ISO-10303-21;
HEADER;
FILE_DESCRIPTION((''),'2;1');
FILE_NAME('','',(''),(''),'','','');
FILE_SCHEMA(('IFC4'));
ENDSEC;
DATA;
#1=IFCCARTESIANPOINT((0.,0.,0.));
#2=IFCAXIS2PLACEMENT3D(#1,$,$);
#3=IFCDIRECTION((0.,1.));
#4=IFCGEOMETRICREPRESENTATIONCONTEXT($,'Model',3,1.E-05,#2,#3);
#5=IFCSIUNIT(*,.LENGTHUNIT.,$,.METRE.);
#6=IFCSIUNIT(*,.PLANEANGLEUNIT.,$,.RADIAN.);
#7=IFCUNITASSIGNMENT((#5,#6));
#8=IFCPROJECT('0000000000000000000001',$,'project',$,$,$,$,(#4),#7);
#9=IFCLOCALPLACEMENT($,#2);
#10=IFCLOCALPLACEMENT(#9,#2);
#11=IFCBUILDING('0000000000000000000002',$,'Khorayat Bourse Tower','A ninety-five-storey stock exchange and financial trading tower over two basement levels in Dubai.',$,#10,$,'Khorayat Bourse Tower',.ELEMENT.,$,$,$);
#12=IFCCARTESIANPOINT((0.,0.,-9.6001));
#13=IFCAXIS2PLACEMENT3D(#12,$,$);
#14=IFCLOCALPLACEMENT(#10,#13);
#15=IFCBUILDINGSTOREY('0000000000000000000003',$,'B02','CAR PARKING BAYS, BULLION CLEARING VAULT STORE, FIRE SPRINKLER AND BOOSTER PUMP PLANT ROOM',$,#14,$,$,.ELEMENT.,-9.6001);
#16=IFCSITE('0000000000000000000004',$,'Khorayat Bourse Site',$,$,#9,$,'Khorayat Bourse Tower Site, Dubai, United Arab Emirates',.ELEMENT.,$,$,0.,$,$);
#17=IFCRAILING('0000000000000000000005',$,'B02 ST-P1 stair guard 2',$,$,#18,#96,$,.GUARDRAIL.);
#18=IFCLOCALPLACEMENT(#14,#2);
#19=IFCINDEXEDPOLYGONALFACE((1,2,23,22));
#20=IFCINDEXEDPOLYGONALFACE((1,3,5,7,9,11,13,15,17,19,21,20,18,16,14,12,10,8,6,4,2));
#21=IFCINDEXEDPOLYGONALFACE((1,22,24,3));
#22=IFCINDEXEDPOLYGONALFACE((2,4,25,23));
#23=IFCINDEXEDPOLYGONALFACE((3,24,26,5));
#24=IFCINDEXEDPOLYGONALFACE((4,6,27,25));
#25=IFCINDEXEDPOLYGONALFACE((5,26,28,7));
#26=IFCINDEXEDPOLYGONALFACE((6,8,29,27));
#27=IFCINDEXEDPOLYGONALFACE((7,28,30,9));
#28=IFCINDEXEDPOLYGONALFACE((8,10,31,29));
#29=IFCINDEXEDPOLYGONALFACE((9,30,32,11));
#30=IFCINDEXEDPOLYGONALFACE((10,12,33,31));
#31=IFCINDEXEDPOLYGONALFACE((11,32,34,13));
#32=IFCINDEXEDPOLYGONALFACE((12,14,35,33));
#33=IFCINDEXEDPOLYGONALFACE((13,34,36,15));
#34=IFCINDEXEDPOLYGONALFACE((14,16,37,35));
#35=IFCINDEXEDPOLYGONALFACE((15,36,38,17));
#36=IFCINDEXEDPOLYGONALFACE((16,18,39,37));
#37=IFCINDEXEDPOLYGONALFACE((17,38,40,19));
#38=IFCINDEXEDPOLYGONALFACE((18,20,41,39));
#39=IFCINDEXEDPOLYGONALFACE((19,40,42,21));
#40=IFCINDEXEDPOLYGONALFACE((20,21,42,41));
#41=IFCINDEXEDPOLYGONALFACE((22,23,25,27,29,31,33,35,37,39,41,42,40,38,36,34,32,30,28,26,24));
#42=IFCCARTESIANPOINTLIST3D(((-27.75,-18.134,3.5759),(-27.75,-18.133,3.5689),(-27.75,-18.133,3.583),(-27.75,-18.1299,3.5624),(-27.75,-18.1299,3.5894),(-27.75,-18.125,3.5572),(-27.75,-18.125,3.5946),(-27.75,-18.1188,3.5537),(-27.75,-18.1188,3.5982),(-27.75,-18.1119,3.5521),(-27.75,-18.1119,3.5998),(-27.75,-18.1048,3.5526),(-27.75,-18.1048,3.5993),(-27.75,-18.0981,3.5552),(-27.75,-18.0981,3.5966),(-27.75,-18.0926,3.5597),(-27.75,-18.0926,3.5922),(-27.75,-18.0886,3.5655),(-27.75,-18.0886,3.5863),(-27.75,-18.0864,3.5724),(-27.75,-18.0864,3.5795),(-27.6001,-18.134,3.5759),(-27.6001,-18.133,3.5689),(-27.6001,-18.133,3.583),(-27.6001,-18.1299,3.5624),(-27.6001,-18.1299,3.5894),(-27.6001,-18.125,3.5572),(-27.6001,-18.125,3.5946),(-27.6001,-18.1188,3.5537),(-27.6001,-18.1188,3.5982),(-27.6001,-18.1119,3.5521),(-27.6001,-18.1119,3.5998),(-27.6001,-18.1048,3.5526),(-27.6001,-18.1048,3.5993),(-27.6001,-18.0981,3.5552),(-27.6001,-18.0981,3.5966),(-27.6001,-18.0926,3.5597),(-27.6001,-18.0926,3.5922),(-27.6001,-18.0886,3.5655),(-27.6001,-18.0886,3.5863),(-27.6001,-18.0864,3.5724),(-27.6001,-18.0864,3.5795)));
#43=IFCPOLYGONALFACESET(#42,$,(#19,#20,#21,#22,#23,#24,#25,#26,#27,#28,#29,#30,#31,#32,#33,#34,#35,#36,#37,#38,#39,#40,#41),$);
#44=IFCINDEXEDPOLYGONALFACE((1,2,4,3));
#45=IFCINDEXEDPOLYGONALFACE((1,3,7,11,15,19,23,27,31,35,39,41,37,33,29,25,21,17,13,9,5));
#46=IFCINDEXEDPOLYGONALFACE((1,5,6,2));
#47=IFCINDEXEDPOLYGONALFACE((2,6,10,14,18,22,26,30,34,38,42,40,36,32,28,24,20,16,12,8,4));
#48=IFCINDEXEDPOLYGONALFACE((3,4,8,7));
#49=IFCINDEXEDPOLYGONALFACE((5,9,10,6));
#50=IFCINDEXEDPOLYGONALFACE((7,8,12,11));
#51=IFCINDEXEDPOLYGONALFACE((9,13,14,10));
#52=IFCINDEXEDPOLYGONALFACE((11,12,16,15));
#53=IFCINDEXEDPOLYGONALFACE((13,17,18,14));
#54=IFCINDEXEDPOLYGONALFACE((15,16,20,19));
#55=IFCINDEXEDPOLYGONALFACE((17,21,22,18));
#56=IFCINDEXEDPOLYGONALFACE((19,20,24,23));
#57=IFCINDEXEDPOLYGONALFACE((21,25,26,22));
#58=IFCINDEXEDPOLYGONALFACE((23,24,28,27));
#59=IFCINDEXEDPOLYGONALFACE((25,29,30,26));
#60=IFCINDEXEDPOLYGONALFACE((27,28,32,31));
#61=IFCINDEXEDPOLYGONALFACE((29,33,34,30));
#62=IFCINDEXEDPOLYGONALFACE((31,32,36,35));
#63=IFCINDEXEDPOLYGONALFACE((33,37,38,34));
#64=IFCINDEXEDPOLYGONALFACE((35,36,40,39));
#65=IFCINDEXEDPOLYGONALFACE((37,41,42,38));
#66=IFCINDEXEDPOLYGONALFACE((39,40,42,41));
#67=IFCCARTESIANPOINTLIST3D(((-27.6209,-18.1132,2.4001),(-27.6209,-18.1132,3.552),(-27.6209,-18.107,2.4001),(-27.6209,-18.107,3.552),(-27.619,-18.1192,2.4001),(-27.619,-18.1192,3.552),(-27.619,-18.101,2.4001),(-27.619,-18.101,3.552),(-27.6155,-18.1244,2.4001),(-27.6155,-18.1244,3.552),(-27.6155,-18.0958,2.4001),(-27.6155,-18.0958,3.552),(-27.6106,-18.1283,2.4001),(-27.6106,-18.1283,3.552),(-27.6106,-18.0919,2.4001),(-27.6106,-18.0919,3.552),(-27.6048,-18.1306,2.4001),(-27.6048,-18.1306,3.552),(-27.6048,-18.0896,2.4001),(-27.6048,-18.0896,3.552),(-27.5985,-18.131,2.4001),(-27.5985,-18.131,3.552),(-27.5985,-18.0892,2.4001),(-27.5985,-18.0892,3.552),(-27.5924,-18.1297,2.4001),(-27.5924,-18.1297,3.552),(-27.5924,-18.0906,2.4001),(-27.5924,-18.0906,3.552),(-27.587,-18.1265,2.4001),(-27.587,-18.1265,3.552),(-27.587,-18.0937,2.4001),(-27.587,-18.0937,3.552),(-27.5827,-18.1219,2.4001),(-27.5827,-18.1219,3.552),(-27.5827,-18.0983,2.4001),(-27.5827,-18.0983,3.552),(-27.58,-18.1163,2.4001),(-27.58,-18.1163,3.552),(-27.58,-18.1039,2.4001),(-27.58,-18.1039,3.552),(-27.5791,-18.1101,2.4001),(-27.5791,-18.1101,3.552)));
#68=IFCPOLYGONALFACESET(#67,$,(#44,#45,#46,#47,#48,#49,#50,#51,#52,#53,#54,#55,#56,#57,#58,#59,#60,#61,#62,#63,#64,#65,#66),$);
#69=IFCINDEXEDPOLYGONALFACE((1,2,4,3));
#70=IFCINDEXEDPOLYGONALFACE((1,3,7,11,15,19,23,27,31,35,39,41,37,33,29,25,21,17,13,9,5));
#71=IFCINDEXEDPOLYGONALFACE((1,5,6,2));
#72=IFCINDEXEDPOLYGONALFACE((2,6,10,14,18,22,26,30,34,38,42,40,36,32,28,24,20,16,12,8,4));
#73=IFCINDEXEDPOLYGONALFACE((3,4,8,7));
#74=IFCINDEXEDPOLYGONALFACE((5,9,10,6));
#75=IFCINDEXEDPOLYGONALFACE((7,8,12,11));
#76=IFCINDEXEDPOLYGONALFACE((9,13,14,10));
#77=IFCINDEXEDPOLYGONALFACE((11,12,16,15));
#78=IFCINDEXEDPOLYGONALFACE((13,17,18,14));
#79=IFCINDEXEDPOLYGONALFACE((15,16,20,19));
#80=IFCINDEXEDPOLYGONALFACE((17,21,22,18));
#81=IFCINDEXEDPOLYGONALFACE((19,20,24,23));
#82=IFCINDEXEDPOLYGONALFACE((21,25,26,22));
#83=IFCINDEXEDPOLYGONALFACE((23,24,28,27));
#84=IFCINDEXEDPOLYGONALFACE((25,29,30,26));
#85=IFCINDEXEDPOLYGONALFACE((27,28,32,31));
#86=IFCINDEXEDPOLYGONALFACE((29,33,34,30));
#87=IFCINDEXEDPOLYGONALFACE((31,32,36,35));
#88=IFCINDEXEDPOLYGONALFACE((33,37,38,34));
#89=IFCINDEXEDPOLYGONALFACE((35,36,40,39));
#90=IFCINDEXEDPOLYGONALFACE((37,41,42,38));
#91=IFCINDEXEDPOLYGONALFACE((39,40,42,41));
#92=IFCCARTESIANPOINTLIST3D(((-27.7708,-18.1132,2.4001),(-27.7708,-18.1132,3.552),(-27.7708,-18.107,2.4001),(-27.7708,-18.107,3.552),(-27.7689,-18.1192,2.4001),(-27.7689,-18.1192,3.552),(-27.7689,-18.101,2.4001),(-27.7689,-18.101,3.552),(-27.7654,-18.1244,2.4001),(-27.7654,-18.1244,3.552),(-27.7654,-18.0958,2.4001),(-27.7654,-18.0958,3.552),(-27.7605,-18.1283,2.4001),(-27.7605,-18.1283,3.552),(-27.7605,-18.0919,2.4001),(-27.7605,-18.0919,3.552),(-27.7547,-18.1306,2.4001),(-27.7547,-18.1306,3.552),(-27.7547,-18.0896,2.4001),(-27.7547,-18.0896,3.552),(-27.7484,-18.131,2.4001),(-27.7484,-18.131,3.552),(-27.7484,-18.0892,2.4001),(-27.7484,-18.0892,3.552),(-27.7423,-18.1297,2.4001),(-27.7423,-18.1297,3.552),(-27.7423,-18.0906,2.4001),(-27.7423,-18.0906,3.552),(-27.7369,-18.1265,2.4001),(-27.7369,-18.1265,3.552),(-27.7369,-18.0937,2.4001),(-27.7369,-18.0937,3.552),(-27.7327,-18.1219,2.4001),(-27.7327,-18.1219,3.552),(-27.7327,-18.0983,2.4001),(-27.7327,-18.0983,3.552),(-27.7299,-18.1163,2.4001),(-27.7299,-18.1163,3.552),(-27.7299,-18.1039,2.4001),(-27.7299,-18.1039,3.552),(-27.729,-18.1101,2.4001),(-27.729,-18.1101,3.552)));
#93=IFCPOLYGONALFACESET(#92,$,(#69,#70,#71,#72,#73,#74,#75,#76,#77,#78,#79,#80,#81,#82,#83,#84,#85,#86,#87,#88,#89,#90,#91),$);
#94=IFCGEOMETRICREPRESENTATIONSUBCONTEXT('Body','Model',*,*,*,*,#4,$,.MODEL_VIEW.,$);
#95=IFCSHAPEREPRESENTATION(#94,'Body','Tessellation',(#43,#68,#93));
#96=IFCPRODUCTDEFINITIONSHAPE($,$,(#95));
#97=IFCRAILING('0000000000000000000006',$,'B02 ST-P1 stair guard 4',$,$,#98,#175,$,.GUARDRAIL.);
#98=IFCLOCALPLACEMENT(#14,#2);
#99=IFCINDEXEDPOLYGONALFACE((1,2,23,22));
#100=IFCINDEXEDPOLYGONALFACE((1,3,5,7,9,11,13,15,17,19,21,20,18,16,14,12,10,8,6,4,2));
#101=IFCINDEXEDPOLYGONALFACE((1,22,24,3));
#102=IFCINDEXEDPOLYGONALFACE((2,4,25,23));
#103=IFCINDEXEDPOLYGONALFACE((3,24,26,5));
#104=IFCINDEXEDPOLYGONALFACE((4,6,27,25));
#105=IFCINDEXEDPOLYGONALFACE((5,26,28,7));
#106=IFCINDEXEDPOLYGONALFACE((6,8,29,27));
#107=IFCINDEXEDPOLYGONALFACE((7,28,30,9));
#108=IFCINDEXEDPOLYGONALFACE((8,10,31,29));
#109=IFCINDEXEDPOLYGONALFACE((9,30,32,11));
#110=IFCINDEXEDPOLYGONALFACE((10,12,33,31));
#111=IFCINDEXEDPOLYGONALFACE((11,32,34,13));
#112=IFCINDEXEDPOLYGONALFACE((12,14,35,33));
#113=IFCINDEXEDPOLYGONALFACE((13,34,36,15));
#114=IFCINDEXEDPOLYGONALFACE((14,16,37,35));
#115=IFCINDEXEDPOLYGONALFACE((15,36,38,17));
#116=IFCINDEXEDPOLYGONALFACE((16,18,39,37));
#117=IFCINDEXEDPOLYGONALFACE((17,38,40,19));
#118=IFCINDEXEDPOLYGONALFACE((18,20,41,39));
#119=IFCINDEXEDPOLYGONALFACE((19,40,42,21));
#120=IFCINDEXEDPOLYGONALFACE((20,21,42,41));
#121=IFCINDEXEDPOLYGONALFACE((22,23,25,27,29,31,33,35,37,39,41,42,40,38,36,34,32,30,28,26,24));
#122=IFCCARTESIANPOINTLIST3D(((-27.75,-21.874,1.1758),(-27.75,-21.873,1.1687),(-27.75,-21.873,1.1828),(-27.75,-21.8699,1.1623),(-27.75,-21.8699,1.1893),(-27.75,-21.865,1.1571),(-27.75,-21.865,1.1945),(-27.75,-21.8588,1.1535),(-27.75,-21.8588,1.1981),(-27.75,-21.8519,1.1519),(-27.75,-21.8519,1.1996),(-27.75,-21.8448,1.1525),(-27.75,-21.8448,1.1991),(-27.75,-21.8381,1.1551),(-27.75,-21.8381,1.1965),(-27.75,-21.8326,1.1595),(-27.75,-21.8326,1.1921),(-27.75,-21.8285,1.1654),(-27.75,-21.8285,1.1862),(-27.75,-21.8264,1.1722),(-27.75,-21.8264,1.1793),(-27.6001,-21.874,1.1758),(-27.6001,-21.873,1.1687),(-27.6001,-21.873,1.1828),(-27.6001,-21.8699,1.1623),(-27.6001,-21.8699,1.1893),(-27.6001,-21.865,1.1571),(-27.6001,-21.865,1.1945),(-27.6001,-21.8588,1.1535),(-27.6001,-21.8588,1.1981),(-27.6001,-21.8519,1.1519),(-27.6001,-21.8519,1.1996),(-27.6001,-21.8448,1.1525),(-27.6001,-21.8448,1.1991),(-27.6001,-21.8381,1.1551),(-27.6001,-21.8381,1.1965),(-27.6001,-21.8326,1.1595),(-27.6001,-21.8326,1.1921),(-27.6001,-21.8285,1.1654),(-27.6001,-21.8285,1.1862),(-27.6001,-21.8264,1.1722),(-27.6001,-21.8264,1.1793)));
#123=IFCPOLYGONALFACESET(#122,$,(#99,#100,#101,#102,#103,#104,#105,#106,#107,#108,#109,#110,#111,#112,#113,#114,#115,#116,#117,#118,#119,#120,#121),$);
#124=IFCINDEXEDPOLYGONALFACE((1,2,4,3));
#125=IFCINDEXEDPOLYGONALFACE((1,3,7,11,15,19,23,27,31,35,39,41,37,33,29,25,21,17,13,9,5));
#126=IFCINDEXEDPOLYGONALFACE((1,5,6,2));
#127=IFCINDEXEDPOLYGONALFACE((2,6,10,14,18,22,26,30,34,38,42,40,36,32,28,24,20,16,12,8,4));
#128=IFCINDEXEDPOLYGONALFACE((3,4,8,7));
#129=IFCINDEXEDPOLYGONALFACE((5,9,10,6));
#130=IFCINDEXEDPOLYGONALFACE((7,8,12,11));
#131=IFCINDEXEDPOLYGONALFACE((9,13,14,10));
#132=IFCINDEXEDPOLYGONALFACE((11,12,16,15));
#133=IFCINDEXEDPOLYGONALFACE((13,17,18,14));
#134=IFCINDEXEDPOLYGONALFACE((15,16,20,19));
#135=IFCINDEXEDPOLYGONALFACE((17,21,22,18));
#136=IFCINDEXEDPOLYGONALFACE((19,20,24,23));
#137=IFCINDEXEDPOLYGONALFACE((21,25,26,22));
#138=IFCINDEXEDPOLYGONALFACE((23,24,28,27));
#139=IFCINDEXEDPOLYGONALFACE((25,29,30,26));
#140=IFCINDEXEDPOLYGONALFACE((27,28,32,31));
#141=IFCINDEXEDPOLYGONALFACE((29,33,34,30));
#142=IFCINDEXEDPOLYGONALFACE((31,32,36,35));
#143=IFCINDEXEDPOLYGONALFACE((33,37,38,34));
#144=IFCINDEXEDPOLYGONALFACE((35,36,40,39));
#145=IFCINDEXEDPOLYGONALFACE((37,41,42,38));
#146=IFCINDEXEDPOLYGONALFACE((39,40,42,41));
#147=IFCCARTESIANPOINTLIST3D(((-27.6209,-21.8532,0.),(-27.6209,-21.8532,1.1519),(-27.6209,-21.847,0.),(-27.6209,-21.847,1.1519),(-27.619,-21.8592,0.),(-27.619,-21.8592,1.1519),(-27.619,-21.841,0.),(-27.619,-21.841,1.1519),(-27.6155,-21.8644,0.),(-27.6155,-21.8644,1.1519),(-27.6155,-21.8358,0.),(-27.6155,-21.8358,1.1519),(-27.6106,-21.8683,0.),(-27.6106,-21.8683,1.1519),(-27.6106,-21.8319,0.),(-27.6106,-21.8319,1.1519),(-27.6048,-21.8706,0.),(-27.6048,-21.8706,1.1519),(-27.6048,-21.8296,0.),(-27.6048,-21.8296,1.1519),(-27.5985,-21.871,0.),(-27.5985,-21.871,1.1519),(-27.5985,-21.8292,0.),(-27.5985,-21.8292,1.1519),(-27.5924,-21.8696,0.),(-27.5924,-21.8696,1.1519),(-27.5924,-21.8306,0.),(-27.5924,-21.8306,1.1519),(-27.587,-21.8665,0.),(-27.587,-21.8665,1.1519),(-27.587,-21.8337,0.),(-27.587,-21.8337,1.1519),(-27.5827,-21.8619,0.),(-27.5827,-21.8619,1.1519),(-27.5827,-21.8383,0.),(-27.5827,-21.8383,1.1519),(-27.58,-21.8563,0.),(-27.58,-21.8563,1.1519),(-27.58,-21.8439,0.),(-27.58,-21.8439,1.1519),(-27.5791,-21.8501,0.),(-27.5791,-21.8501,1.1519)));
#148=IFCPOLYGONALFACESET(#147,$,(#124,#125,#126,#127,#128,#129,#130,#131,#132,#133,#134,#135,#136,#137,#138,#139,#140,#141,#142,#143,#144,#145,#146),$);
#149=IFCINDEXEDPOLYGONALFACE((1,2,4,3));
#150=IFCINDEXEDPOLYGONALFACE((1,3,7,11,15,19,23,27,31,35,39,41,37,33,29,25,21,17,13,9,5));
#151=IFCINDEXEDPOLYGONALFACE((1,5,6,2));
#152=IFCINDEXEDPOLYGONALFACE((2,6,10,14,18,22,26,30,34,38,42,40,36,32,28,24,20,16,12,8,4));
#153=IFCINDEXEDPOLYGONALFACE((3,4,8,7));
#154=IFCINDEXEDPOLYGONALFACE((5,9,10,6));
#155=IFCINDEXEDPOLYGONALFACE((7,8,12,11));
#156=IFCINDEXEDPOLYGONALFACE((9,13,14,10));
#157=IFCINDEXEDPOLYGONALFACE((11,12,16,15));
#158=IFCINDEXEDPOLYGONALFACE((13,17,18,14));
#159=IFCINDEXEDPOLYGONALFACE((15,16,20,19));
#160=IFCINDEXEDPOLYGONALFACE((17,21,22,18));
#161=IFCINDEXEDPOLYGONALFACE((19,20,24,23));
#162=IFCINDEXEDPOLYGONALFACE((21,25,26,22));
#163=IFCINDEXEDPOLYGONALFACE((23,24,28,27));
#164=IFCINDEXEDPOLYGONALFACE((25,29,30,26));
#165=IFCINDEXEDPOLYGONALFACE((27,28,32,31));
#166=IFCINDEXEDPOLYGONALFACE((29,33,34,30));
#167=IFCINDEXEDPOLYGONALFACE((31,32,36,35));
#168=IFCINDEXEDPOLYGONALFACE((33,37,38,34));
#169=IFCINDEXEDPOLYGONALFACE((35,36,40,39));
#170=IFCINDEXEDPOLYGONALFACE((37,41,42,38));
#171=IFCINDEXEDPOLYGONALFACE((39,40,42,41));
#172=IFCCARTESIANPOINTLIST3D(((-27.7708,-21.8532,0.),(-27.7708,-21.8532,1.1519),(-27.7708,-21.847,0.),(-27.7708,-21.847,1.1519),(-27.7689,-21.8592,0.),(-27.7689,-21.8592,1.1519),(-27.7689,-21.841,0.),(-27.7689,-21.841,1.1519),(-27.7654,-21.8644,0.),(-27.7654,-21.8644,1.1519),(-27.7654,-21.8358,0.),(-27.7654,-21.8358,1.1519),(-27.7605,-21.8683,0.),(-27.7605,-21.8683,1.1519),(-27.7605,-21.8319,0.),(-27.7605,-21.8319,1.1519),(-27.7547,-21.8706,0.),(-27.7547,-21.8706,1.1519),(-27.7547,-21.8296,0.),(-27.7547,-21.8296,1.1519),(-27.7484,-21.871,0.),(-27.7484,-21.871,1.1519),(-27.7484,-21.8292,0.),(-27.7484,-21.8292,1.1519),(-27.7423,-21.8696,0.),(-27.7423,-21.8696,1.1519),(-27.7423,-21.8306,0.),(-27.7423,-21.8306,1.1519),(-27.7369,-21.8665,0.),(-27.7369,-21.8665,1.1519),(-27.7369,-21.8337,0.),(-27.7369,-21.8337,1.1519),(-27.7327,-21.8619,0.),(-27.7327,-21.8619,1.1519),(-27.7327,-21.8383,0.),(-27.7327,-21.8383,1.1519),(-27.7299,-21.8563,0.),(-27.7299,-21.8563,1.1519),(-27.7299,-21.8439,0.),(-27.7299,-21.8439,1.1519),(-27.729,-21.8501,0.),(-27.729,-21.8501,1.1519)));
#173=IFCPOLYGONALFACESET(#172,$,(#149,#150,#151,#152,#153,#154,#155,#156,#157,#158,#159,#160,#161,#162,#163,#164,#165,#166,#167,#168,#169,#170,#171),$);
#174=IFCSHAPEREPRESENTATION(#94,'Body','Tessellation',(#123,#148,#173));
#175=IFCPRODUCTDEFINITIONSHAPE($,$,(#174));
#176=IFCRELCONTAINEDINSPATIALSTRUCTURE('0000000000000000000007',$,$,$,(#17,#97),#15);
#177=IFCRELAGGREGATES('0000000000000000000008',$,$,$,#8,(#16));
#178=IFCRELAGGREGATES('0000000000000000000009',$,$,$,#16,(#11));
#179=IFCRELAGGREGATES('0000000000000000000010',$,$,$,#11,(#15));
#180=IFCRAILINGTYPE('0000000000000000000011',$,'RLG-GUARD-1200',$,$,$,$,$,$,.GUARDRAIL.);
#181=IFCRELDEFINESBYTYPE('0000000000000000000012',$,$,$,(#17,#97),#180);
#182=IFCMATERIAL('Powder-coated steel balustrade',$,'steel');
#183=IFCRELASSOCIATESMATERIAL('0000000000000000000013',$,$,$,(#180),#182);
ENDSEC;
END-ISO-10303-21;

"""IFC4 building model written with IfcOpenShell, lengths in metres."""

from ifc_helpers import new_model, si_unit, direction, frame, origin, origin_2d, place, context, subcontext, project, spatial, circle, extrude, source, transform, mapped, material, type_object, element, save


model = new_model("IFC4")

# Units and contexts
model_context = context("Model", 3, precision=1e-05, world=origin(), true_north=direction((0.0, 1.0)))
body_context = subcontext(model_context, "Body", "Model", "MODEL_VIEW")
ifc_project = project(units=[si_unit("LENGTHUNIT", "METRE"), si_unit("PLANEANGLEUNIT", "RADIAN")], contexts=[model_context])

# Site, building, storey
site_placement = place(None, origin())
site = spatial("IfcSite", under=ifc_project, at=site_placement, Name="Khorayat Bourse Site", LongName="Khorayat Bourse Tower Site, Dubai, United Arab Emirates", CompositionType="ELEMENT", RefElevation=0.0)
building_placement = place(site_placement, origin())
building = spatial("IfcBuilding", under=site, at=building_placement, Name="Khorayat Bourse Tower", Description="A ninety-five-storey stock exchange and financial trading tower over two basement levels in Dubai.", LongName="Khorayat Bourse Tower", CompositionType="ELEMENT")
storey_placement = place(building_placement, frame((0.0, 0.0, -9.6001)))
storey = spatial("IfcBuildingStorey", under=building, at=storey_placement, Name="B02", Description="CAR PARKING BAYS, BULLION CLEARING VAULT STORE, FIRE SPRINKLER AND BOOSTER PUMP PLANT ROOM", CompositionType="ELEMENT", Elevation=-9.6001)

# Railings
ifc_material_1 = material(Name="Powder-coated steel balustrade", Category="steel")
railing_type_1 = type_object("IfcRailingType", Name="RLG-GUARD-1200", PredefinedType="GUARDRAIL", material=ifc_material_1)
shared_shape_1 = source(origin(), body_context, "Body", "SweptSolid", [
    extrude(circle(Radius=0.0239, at=origin_2d()), frame((0.0, 0.0, 1.1758), z_axis=(-1.0, 0.0, 0.0), x_axis=(0.0, -1.0, 0.0)), (0.0, 0.0, 1.0), 0.1499),
    extrude(circle(Radius=0.021, at=origin_2d()), origin(), (0.0, 0.0, 1.0), 1.1519),
    extrude(circle(Radius=0.021, at=origin_2d()), frame((-0.1499, 0.0, 0.0)), (0.0, 0.0, 1.0), 1.1519),
])
for number, where, name in (
    (1, (-27.6001, -18.1101, 2.4001), "B02 ST-P1 stair guard 2"),
    (2, (-27.6001, -21.8501, 0.0), "B02 ST-P1 stair guard 4"),
):
    element("IfcRailing", number, at=place(storey_placement, frame(where)), inside=storey, type_object=railing_type_1, Name=name, PredefinedType="GUARDRAIL", context=body_context, shape_type="MappedRepresentation", body=[
        mapped(shared_shape_1, transform((0.0, 0.0, 0.0), scale=1.0)),
    ])

save(model, "model.ifc")
